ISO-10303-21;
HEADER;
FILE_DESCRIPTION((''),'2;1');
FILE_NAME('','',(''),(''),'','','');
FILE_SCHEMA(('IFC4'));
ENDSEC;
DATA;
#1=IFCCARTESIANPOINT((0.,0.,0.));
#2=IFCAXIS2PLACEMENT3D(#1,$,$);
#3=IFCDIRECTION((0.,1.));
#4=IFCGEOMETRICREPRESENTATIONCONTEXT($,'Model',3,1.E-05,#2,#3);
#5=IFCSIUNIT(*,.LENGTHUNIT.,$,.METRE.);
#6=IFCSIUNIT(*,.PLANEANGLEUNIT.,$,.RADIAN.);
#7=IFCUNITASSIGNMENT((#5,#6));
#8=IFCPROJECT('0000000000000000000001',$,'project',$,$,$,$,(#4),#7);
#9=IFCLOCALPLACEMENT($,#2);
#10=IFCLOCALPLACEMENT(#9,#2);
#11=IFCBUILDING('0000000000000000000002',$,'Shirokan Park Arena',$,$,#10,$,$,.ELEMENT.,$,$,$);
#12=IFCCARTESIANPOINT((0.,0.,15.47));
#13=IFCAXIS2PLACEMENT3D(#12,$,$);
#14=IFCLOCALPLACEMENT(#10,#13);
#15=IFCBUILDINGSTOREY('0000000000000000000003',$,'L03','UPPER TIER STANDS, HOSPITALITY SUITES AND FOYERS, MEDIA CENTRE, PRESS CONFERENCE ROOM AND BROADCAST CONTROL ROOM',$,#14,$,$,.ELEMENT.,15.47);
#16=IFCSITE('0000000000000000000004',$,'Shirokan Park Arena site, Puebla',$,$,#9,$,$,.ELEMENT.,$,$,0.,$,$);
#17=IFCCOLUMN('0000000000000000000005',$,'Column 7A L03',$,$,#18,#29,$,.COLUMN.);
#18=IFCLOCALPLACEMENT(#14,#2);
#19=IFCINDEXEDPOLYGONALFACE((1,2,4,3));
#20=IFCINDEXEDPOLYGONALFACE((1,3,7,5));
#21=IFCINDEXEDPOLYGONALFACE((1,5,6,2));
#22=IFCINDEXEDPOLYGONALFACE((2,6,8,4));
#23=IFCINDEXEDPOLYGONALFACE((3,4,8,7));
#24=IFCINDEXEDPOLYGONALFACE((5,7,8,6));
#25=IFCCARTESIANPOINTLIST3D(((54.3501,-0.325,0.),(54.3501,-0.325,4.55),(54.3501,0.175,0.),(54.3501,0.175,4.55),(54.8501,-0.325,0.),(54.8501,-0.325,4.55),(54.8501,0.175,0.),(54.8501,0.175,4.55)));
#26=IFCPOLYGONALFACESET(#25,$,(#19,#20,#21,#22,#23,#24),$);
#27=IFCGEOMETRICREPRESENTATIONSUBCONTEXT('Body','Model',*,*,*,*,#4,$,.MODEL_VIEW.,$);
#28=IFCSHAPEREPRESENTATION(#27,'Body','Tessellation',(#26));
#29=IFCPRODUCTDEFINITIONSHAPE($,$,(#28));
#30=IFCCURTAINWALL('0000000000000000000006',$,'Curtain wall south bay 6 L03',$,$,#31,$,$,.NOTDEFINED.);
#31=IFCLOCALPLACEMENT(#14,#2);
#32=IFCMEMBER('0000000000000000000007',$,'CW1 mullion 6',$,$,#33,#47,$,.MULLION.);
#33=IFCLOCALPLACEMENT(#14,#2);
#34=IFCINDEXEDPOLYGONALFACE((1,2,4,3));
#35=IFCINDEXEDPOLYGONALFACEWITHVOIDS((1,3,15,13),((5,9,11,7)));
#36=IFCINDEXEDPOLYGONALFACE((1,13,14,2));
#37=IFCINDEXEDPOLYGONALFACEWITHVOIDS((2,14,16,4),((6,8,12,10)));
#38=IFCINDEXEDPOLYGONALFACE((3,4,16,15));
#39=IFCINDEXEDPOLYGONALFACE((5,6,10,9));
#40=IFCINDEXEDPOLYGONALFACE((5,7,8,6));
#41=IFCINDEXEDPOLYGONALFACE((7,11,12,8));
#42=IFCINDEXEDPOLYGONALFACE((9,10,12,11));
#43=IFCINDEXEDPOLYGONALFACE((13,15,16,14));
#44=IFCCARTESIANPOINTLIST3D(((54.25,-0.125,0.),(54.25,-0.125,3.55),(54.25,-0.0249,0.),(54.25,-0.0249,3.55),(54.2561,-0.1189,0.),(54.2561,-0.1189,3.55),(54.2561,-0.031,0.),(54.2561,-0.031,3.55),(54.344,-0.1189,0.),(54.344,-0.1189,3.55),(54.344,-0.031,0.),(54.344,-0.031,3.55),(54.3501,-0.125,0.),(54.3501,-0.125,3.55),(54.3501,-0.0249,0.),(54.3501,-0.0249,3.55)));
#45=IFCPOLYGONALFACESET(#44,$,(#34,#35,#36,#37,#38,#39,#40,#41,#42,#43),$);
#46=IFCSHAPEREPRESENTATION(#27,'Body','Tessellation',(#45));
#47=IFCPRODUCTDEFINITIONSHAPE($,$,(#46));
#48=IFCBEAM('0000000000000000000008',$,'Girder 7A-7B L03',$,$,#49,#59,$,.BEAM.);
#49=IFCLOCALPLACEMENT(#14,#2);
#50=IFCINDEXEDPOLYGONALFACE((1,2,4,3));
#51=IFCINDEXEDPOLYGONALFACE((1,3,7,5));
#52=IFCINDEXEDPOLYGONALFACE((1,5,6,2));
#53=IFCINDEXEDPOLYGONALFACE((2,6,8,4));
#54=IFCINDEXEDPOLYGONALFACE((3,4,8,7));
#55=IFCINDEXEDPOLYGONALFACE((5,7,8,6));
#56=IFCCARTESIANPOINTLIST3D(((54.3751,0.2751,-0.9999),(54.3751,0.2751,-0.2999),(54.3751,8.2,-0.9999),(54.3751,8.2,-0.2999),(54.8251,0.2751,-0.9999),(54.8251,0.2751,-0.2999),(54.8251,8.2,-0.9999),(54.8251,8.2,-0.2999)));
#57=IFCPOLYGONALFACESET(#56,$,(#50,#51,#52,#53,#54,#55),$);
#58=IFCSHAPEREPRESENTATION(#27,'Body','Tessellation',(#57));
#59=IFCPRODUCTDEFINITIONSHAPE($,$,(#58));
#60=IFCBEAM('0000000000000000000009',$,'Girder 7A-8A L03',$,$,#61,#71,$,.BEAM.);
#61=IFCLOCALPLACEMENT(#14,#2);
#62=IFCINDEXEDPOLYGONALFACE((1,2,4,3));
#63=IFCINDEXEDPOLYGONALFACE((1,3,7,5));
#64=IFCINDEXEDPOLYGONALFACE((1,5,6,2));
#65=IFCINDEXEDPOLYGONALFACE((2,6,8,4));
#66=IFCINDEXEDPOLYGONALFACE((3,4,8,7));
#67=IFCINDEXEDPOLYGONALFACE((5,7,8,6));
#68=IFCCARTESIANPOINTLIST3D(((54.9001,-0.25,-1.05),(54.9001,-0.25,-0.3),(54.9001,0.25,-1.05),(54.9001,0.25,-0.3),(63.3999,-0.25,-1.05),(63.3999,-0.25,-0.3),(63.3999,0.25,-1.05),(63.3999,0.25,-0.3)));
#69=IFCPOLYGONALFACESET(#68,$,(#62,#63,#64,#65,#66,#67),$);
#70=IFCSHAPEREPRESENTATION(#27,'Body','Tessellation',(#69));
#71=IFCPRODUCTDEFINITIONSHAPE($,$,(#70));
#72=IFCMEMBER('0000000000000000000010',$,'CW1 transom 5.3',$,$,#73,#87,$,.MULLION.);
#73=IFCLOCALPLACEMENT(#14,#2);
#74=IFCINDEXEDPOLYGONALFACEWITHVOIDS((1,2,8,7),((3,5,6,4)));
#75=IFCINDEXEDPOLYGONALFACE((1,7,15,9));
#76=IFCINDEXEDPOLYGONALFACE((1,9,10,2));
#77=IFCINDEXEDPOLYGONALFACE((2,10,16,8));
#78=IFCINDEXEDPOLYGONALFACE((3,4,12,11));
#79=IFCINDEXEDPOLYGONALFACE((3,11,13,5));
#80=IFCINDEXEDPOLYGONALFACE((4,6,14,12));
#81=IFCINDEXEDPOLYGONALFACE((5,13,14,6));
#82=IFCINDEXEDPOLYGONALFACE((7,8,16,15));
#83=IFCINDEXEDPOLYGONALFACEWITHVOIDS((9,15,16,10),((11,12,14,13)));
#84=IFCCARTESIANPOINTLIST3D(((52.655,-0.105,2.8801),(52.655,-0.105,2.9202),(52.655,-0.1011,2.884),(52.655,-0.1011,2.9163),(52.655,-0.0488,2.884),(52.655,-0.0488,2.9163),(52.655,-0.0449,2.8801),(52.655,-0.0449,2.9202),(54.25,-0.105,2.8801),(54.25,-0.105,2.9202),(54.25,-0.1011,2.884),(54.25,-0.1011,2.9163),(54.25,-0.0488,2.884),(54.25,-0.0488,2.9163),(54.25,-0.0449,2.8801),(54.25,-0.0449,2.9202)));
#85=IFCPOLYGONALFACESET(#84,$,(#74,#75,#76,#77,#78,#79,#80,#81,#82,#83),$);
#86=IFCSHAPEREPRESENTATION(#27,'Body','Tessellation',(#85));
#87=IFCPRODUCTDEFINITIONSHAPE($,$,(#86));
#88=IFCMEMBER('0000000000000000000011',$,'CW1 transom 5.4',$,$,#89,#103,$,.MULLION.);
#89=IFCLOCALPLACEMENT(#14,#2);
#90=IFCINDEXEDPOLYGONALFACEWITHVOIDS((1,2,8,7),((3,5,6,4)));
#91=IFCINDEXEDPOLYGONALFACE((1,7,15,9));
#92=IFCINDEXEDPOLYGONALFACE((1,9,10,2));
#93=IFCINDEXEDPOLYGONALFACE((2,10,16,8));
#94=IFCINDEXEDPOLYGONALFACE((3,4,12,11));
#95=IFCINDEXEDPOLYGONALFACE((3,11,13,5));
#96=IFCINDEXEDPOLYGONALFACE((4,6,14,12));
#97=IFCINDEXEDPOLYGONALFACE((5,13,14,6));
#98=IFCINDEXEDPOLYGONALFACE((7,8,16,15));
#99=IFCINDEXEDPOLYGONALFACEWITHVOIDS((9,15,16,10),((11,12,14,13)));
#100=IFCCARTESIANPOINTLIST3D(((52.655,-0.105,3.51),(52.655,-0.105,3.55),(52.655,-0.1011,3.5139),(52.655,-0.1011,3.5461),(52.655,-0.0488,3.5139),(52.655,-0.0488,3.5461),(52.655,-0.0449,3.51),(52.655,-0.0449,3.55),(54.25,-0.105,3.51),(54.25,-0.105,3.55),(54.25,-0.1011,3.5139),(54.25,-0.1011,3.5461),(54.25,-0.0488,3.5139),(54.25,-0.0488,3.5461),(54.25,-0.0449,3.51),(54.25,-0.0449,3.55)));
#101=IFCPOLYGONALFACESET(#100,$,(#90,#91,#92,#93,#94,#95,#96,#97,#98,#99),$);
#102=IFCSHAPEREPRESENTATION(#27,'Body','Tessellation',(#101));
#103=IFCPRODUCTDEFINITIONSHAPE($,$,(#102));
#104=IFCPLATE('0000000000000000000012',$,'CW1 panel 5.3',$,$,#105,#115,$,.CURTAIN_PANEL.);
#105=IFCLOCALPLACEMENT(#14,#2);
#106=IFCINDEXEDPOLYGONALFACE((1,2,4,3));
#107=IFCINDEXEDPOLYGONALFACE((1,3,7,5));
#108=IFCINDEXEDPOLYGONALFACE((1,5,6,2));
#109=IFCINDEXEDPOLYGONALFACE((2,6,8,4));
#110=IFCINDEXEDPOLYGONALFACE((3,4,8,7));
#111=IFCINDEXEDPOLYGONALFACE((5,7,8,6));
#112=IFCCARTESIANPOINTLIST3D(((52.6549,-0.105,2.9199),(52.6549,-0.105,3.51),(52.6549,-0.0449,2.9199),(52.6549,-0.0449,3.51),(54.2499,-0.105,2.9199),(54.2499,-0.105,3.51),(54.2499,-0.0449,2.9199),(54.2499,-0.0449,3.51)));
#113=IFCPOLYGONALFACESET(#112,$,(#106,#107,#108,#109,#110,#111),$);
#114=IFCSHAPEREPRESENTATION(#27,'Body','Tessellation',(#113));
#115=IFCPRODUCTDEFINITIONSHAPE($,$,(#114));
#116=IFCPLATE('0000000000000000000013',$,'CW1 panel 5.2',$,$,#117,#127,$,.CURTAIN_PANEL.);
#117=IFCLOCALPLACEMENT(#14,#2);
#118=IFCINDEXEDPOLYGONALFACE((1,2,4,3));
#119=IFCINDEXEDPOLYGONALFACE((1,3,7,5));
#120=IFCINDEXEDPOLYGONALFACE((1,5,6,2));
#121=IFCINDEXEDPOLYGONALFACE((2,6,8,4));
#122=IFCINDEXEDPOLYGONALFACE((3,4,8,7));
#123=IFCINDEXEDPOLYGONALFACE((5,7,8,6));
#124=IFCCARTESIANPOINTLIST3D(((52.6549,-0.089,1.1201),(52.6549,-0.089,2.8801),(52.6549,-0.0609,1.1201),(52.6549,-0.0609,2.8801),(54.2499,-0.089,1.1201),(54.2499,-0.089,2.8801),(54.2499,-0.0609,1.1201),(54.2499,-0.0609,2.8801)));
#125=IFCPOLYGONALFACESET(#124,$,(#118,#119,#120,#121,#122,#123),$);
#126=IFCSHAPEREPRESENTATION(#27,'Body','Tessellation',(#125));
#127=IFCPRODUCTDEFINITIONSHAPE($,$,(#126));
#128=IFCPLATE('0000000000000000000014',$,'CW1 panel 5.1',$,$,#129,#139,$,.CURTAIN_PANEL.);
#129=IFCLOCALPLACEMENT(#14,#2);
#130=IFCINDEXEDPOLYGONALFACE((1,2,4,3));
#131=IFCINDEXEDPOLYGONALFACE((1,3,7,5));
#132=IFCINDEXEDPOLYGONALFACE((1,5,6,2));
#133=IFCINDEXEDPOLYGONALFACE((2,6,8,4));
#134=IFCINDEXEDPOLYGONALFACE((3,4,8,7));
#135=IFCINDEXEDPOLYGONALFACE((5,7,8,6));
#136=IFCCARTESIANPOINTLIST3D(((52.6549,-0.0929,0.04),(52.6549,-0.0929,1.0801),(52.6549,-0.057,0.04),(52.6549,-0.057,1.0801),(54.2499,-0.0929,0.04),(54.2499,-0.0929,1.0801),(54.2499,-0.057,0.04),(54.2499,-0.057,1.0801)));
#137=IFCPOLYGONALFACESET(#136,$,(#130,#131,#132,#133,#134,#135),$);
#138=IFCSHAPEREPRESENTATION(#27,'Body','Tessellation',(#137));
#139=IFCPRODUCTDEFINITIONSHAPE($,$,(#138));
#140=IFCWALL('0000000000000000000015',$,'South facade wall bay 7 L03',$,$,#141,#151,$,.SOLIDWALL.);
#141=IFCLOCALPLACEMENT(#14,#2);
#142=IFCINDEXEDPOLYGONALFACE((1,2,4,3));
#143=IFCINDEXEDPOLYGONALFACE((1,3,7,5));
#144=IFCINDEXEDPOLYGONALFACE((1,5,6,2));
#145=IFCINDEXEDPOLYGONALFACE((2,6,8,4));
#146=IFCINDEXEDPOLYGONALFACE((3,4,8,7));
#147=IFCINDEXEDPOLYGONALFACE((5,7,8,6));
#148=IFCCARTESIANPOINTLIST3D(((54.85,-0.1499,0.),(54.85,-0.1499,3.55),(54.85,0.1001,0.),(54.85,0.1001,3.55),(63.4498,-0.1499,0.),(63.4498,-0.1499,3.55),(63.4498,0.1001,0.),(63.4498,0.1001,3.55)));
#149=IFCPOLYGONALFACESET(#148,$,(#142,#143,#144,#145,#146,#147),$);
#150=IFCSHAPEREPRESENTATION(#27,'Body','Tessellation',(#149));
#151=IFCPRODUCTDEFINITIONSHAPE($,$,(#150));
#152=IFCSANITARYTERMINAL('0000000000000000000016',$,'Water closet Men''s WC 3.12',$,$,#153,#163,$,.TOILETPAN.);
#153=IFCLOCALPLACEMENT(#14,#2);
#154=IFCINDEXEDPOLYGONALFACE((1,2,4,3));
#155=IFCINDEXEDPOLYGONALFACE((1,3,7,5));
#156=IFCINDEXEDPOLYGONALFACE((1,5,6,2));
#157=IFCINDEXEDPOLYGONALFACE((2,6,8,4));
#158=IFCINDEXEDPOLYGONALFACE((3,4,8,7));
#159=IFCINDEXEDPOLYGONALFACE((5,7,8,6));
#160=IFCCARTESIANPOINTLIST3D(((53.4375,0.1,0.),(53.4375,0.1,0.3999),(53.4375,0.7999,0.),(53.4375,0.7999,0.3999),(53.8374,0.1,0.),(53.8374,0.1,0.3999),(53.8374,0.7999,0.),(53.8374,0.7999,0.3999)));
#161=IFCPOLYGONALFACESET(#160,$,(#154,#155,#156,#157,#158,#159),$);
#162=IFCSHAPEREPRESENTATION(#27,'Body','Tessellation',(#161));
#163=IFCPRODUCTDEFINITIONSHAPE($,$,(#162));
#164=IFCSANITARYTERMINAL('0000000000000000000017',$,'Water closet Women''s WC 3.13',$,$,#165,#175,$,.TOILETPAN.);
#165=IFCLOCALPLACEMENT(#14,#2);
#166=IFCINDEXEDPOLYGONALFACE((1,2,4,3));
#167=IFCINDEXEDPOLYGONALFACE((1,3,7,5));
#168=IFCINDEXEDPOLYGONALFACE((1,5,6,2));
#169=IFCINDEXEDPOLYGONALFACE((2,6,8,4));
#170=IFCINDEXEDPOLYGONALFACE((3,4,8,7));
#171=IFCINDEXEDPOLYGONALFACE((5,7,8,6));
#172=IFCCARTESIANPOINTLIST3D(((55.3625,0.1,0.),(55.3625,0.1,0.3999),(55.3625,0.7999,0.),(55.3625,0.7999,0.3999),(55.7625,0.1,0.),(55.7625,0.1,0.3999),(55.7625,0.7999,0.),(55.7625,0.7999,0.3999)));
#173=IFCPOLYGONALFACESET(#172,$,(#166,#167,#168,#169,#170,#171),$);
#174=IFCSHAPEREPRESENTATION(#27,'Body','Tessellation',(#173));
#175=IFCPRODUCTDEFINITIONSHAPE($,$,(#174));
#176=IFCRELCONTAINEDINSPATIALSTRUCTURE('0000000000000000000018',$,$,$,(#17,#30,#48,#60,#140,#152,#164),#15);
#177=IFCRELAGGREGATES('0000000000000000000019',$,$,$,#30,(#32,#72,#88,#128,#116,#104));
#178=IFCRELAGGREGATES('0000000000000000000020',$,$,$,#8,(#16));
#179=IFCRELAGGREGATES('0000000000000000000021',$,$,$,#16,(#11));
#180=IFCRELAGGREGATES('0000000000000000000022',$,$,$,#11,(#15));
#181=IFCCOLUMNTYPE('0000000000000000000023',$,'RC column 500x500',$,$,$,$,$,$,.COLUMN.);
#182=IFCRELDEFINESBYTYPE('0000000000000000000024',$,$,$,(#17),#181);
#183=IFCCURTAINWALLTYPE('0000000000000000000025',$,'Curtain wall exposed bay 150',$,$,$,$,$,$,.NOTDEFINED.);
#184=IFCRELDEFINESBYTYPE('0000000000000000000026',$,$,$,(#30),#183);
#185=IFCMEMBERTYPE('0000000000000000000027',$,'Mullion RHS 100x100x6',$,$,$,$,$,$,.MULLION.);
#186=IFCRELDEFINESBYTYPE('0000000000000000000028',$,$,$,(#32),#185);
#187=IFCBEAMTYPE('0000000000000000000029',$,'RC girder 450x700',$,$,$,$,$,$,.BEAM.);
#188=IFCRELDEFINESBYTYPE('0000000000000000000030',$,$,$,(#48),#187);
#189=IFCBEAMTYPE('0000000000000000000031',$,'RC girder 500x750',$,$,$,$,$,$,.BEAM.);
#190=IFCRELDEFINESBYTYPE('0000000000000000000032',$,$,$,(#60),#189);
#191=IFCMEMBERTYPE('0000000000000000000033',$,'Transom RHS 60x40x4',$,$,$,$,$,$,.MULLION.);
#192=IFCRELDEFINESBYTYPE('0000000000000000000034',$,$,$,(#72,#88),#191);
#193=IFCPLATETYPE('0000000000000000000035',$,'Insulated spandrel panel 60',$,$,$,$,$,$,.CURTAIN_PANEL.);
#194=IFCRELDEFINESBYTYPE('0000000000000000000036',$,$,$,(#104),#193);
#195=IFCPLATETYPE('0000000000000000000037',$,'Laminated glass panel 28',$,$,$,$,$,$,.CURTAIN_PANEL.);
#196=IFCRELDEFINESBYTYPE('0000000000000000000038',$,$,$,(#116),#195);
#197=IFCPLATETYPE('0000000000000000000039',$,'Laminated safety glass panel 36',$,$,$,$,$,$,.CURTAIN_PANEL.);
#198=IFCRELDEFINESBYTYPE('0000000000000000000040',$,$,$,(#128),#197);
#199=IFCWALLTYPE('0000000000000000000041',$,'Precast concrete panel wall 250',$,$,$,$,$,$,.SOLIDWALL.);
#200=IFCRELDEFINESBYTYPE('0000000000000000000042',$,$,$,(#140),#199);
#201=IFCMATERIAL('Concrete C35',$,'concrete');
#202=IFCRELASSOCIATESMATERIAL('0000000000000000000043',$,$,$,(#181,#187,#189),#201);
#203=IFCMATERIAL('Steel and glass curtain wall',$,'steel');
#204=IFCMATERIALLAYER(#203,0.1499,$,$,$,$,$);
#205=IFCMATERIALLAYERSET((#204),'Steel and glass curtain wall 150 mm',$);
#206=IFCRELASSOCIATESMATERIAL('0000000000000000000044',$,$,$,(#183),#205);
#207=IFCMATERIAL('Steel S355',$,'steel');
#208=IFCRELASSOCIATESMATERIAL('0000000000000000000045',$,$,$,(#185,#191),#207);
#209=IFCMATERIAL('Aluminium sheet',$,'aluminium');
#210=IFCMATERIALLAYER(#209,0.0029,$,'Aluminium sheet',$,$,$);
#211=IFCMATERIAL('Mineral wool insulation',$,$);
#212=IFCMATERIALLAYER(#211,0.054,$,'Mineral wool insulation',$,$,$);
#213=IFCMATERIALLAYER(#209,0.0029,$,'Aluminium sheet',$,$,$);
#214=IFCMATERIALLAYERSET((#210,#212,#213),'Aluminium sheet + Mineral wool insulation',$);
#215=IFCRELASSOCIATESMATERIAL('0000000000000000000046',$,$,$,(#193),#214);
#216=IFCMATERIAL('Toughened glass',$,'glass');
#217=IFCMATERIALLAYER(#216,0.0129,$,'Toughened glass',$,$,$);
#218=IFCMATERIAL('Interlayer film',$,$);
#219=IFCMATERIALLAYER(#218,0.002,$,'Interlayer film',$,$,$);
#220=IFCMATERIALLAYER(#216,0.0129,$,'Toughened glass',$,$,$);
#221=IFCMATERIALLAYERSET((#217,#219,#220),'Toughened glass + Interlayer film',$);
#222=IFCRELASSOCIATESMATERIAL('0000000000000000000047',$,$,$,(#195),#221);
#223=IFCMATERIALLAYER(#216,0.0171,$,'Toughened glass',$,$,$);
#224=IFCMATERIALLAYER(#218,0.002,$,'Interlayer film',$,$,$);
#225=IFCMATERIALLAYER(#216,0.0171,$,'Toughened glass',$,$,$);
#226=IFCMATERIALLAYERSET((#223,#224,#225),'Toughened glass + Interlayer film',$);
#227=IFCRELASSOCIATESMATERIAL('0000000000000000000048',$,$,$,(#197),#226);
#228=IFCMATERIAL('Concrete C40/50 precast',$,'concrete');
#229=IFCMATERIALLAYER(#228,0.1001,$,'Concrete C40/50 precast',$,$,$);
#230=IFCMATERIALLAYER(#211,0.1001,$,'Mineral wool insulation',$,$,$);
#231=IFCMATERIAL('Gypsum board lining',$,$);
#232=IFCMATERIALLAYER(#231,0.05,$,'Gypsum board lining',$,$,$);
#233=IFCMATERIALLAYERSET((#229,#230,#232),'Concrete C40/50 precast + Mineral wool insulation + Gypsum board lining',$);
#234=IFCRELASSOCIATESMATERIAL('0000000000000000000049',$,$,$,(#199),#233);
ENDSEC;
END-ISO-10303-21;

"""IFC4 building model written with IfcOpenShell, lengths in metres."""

from ifc_helpers import new_model, si_unit, direction, frame, frame_2d, origin, origin_2d, place, context, subcontext, project, spatial, rectangle, hollow_rectangle, extrude, material, layer, layer_set, material_profile, profile_set, type_object, element, aggregate, save


model = new_model("IFC4")

# Units and contexts
model_context = context("Model", 3, precision=1e-05, world=origin(), true_north=direction((0.0, 1.0)))
body_context = subcontext(model_context, "Body", "Model", "MODEL_VIEW")
ifc_project = project(units=[si_unit("LENGTHUNIT", "METRE"), si_unit("PLANEANGLEUNIT", "RADIAN")], contexts=[model_context])

# Site, building, storey
site_placement = place(None, origin())
site = spatial("IfcSite", under=ifc_project, at=site_placement, Name="Shirokan Park Arena site, Puebla", CompositionType="ELEMENT", RefElevation=0.0)
building_placement = place(site_placement, origin())
building = spatial("IfcBuilding", under=site, at=building_placement, Name="Shirokan Park Arena", CompositionType="ELEMENT")
storey_placement = place(building_placement, frame((0.0, 0.0, 15.47)))
storey = spatial("IfcBuildingStorey", under=building, at=storey_placement, Name="L03", Description="UPPER TIER STANDS, HOSPITALITY SUITES AND FOYERS, MEDIA CENTRE, PRESS CONFERENCE ROOM AND BROADCAST CONTROL ROOM", CompositionType="ELEMENT", Elevation=15.47)

# Column
ifc_material_1 = material(Name="Concrete C35", Category="concrete")
ifc_material_profile_1 = material_profile(ifc_material_1, rectangle(XDim=0.5, YDim=0.5, at=origin_2d()), Name="500x500")
ifc_profile_set_1 = profile_set([ifc_material_profile_1], Name="Concrete C35")
column_type = type_object("IfcColumnType", Name="RC column 500x500", PredefinedType="COLUMN", material=ifc_profile_set_1)
column_placement = place(storey_placement, frame((54.6001, -0.075, 0.0), z_axis=(0.0, 0.0, 1.0), x_axis=(1.0, 0.0, 0.0)))
element("IfcColumn", 1, at=column_placement, inside=storey, type_object=column_type, Name="Column 7A L03", PredefinedType="COLUMN", context=body_context, shape_type="SweptSolid", body=[
    extrude(rectangle(XDim=0.5, YDim=0.5, at=origin_2d()), origin(), (0.0, 0.0, 1.0), 4.55),
])

# Curtain wall, member
ifc_material_2 = material(Name="Steel and glass curtain wall", Category="steel")
ifc_layer_1 = layer(ifc_material_2, 0.1499)
ifc_layer_set_1 = layer_set([ifc_layer_1], Name="Steel and glass curtain wall 150 mm")
curtain_wall_type = type_object("IfcCurtainWallType", Name="Curtain wall exposed bay 150", PredefinedType="NOTDEFINED", material=ifc_layer_set_1)
curtain_wall_placement = place(storey_placement, origin())
curtain_wall = element("IfcCurtainWall", 2, at=curtain_wall_placement, inside=storey, type_object=curtain_wall_type, Name="Curtain wall south bay 6 L03", PredefinedType="NOTDEFINED")
ifc_material_3 = material(Name="Steel S355", Category="steel")
ifc_material_profile_2 = material_profile(ifc_material_3, hollow_rectangle(XDim=0.1001, YDim=0.1001, WallThickness=0.0061, at=origin_2d()), Name="RHS 100x100x6")
ifc_profile_set_2 = profile_set([ifc_material_profile_2], Name="Steel S355")
member_type_1 = type_object("IfcMemberType", Name="Mullion RHS 100x100x6", PredefinedType="MULLION", material=ifc_profile_set_2)
member_1_placement = place(storey_placement, frame((54.3, -0.075, 0.0), z_axis=(0.0, 0.0, 1.0), x_axis=(0.0, 1.0, 0.0)))
member_1 = element("IfcMember", 3, at=member_1_placement, type_object=member_type_1, Name="CW1 mullion 6", PredefinedType="MULLION", context=body_context, shape_type="SweptSolid", body=[
    extrude(hollow_rectangle(XDim=0.1001, YDim=0.1001, WallThickness=0.0061, at=origin_2d()), origin(), (0.0, 0.0, 1.0), 3.55),
])

# Beams
ifc_material_profile_3 = material_profile(ifc_material_1, rectangle(XDim=0.45, YDim=0.7, at=origin_2d()), Name="450x700")
ifc_profile_set_3 = profile_set([ifc_material_profile_3], Name="Concrete C35")
beam_type_1 = type_object("IfcBeamType", Name="RC girder 450x700", PredefinedType="BEAM", material=ifc_profile_set_3)
beam_1_placement = place(storey_placement, frame((54.6001, 0.2751, -0.6499), z_axis=(0.0, 1.0, 0.0), x_axis=(-1.0, 0.0, 0.0)))
element("IfcBeam", 4, at=beam_1_placement, inside=storey, type_object=beam_type_1, Name="Girder 7A-7B L03", PredefinedType="BEAM", context=body_context, shape_type="SweptSolid", body=[
    extrude(rectangle(XDim=0.45, YDim=0.7, at=origin_2d()), origin(), (0.0, 0.0, 1.0), 7.9248),
])
ifc_material_profile_4 = material_profile(ifc_material_1, rectangle(XDim=0.5, YDim=0.75, at=origin_2d()), Name="500x750")
ifc_profile_set_4 = profile_set([ifc_material_profile_4], Name="Concrete C35")
beam_type_2 = type_object("IfcBeamType", Name="RC girder 500x750", PredefinedType="BEAM", material=ifc_profile_set_4)
beam_2_placement = place(storey_placement, frame((54.9001, 0.0, -0.675), z_axis=(1.0, 0.0, 0.0), x_axis=(0.0, 1.0, 0.0)))
element("IfcBeam", 5, at=beam_2_placement, inside=storey, type_object=beam_type_2, Name="Girder 7A-8A L03", PredefinedType="BEAM", context=body_context, shape_type="SweptSolid", body=[
    extrude(rectangle(XDim=0.5, YDim=0.75, at=origin_2d()), origin(), (0.0, 0.0, 1.0), 8.4998),
])

# Members
ifc_material_profile_5 = material_profile(ifc_material_3, hollow_rectangle(XDim=0.0601, YDim=0.04, WallThickness=0.0039, at=origin_2d()), Name="RHS 60x40x4")
ifc_profile_set_5 = profile_set([ifc_material_profile_5], Name="Steel S355")
member_type_2 = type_object("IfcMemberType", Name="Transom RHS 60x40x4", PredefinedType="MULLION", material=ifc_profile_set_5)
member_2_placement = place(storey_placement, frame((52.655, -0.075, 2.9001), z_axis=(1.0, 0.0, 0.0), x_axis=(0.0, 1.0, 0.0)))
member_2 = element("IfcMember", 6, at=member_2_placement, type_object=member_type_2, Name="CW1 transom 5.3", PredefinedType="MULLION", context=body_context, shape_type="SweptSolid", body=[
    extrude(hollow_rectangle(XDim=0.0601, YDim=0.04, WallThickness=0.0039, at=origin_2d()), origin(), (0.0, 0.0, 1.0), 1.595),
])
member_3_placement = place(storey_placement, frame((52.655, -0.075, 3.53), z_axis=(1.0, 0.0, 0.0), x_axis=(0.0, 1.0, 0.0)))
member_3 = element("IfcMember", 7, at=member_3_placement, type_object=member_type_2, Name="CW1 transom 5.4", PredefinedType="MULLION", context=body_context, shape_type="SweptSolid", body=[
    extrude(hollow_rectangle(XDim=0.0601, YDim=0.04, WallThickness=0.0039, at=origin_2d()), origin(), (0.0, 0.0, 1.0), 1.595),
])

# Plates
ifc_material_4 = material(Name="Aluminium sheet", Category="aluminium")
ifc_layer_2 = layer(ifc_material_4, 0.0029, Name="Aluminium sheet")
ifc_material_5 = material(Name="Mineral wool insulation")
ifc_layer_3 = layer(ifc_material_5, 0.054, Name="Mineral wool insulation")
ifc_layer_4 = layer(ifc_material_4, 0.0029, Name="Aluminium sheet")
ifc_layer_set_2 = layer_set([ifc_layer_2, ifc_layer_3, ifc_layer_4], Name="Aluminium sheet + Mineral wool insulation")
plate_type_1 = type_object("IfcPlateType", Name="Insulated spandrel panel 60", PredefinedType="CURTAIN_PANEL", material=ifc_layer_set_2)
plate_1_placement = place(storey_placement, frame((53.4524, -0.075, 2.9199), z_axis=(0.0, 0.0, 1.0), x_axis=(1.0, 0.0, 0.0)))
plate_1 = element("IfcPlate", 8, at=plate_1_placement, type_object=plate_type_1, Name="CW1 panel 5.3", PredefinedType="CURTAIN_PANEL", context=body_context, shape_type="SweptSolid", body=[
    extrude(rectangle(XDim=1.595, YDim=0.0601, at=origin_2d()), origin(), (0.0, 0.0, 1.0), 0.5901),
])
ifc_material_6 = material(Name="Toughened glass", Category="glass")
ifc_layer_5 = layer(ifc_material_6, 0.0129, Name="Toughened glass")
ifc_material_7 = material(Name="Interlayer film")
ifc_layer_6 = layer(ifc_material_7, 0.002, Name="Interlayer film")
ifc_layer_7 = layer(ifc_material_6, 0.0129, Name="Toughened glass")
ifc_layer_set_3 = layer_set([ifc_layer_5, ifc_layer_6, ifc_layer_7], Name="Toughened glass + Interlayer film")
plate_type_2 = type_object("IfcPlateType", Name="Laminated glass panel 28", PredefinedType="CURTAIN_PANEL", material=ifc_layer_set_3)
plate_2_placement = place(storey_placement, frame((53.4524, -0.075, 1.1201), z_axis=(0.0, 0.0, 1.0), x_axis=(1.0, 0.0, 0.0)))
plate_2 = element("IfcPlate", 9, at=plate_2_placement, type_object=plate_type_2, Name="CW1 panel 5.2", PredefinedType="CURTAIN_PANEL", context=body_context, shape_type="SweptSolid", body=[
    extrude(rectangle(XDim=1.595, YDim=0.0281, at=origin_2d()), origin(), (0.0, 0.0, 1.0), 1.76),
])
ifc_layer_8 = layer(ifc_material_6, 0.0171, Name="Toughened glass")
ifc_layer_9 = layer(ifc_material_7, 0.002, Name="Interlayer film")
ifc_layer_10 = layer(ifc_material_6, 0.0171, Name="Toughened glass")
ifc_layer_set_4 = layer_set([ifc_layer_8, ifc_layer_9, ifc_layer_10], Name="Toughened glass + Interlayer film")
plate_type_3 = type_object("IfcPlateType", Name="Laminated safety glass panel 36", PredefinedType="CURTAIN_PANEL", material=ifc_layer_set_4)
plate_3_placement = place(storey_placement, frame((53.4524, -0.075, 0.04), z_axis=(0.0, 0.0, 1.0), x_axis=(1.0, 0.0, 0.0)))
plate_3 = element("IfcPlate", 10, at=plate_3_placement, type_object=plate_type_3, Name="CW1 panel 5.1", PredefinedType="CURTAIN_PANEL", context=body_context, shape_type="SweptSolid", body=[
    extrude(rectangle(XDim=1.595, YDim=0.0359, at=origin_2d()), origin(), (0.0, 0.0, 1.0), 1.04),
])
aggregate(curtain_wall, [member_1, member_2, member_3, plate_3, plate_2, plate_1])

# Wall
ifc_material_8 = material(Name="Concrete C40/50 precast", Category="concrete")
ifc_layer_11 = layer(ifc_material_8, 0.1001, Name="Concrete C40/50 precast")
ifc_layer_12 = layer(ifc_material_5, 0.1001, Name="Mineral wool insulation")
ifc_material_9 = material(Name="Gypsum board lining")
ifc_layer_13 = layer(ifc_material_9, 0.05, Name="Gypsum board lining")
ifc_layer_set_5 = layer_set([ifc_layer_11, ifc_layer_12, ifc_layer_13], Name="Concrete C40/50 precast + Mineral wool insulation + Gypsum board lining")
wall_type = type_object("IfcWallType", Name="Precast concrete panel wall 250", PredefinedType="SOLIDWALL", material=ifc_layer_set_5)
wall_placement = place(storey_placement, frame((54.8501, -0.0249, 0.0), z_axis=(0.0, 0.0, 1.0), x_axis=(1.0, 0.0, 0.0)))
element("IfcWall", 11, at=wall_placement, inside=storey, type_object=wall_type, Name="South facade wall bay 7 L03", PredefinedType="SOLIDWALL", context=body_context, shape_type="SweptSolid", body=[
    extrude(rectangle(XDim=8.5999, YDim=0.25, at=frame_2d((4.2998, 0.0))), origin(), (0.0, 0.0, 1.0), 3.55),
])

# Sanitary terminals
for number, where, z_axis, x_axis, name in (
    (12, (53.6375, 0.45, 0.0), (0.0, 0.0, 1.0), (1.0, 0.0, 0.0), "Water closet Men's WC 3.12"),
    (13, (55.5625, 0.45, 0.0), (0.0, 0.0, 1.0), (1.0, 0.0, 0.0), "Water closet Women's WC 3.13"),
):
    element("IfcSanitaryTerminal", number, at=place(storey_placement, frame(where, z_axis=z_axis, x_axis=x_axis)), inside=storey, Name=name, PredefinedType="TOILETPAN", context=body_context, shape_type="SweptSolid", body=[
        extrude(rectangle(XDim=0.3999, YDim=0.7, at=origin_2d()), origin(), (0.0, 0.0, 1.0), 0.3999),
    ])

save(model, "model.ifc")
